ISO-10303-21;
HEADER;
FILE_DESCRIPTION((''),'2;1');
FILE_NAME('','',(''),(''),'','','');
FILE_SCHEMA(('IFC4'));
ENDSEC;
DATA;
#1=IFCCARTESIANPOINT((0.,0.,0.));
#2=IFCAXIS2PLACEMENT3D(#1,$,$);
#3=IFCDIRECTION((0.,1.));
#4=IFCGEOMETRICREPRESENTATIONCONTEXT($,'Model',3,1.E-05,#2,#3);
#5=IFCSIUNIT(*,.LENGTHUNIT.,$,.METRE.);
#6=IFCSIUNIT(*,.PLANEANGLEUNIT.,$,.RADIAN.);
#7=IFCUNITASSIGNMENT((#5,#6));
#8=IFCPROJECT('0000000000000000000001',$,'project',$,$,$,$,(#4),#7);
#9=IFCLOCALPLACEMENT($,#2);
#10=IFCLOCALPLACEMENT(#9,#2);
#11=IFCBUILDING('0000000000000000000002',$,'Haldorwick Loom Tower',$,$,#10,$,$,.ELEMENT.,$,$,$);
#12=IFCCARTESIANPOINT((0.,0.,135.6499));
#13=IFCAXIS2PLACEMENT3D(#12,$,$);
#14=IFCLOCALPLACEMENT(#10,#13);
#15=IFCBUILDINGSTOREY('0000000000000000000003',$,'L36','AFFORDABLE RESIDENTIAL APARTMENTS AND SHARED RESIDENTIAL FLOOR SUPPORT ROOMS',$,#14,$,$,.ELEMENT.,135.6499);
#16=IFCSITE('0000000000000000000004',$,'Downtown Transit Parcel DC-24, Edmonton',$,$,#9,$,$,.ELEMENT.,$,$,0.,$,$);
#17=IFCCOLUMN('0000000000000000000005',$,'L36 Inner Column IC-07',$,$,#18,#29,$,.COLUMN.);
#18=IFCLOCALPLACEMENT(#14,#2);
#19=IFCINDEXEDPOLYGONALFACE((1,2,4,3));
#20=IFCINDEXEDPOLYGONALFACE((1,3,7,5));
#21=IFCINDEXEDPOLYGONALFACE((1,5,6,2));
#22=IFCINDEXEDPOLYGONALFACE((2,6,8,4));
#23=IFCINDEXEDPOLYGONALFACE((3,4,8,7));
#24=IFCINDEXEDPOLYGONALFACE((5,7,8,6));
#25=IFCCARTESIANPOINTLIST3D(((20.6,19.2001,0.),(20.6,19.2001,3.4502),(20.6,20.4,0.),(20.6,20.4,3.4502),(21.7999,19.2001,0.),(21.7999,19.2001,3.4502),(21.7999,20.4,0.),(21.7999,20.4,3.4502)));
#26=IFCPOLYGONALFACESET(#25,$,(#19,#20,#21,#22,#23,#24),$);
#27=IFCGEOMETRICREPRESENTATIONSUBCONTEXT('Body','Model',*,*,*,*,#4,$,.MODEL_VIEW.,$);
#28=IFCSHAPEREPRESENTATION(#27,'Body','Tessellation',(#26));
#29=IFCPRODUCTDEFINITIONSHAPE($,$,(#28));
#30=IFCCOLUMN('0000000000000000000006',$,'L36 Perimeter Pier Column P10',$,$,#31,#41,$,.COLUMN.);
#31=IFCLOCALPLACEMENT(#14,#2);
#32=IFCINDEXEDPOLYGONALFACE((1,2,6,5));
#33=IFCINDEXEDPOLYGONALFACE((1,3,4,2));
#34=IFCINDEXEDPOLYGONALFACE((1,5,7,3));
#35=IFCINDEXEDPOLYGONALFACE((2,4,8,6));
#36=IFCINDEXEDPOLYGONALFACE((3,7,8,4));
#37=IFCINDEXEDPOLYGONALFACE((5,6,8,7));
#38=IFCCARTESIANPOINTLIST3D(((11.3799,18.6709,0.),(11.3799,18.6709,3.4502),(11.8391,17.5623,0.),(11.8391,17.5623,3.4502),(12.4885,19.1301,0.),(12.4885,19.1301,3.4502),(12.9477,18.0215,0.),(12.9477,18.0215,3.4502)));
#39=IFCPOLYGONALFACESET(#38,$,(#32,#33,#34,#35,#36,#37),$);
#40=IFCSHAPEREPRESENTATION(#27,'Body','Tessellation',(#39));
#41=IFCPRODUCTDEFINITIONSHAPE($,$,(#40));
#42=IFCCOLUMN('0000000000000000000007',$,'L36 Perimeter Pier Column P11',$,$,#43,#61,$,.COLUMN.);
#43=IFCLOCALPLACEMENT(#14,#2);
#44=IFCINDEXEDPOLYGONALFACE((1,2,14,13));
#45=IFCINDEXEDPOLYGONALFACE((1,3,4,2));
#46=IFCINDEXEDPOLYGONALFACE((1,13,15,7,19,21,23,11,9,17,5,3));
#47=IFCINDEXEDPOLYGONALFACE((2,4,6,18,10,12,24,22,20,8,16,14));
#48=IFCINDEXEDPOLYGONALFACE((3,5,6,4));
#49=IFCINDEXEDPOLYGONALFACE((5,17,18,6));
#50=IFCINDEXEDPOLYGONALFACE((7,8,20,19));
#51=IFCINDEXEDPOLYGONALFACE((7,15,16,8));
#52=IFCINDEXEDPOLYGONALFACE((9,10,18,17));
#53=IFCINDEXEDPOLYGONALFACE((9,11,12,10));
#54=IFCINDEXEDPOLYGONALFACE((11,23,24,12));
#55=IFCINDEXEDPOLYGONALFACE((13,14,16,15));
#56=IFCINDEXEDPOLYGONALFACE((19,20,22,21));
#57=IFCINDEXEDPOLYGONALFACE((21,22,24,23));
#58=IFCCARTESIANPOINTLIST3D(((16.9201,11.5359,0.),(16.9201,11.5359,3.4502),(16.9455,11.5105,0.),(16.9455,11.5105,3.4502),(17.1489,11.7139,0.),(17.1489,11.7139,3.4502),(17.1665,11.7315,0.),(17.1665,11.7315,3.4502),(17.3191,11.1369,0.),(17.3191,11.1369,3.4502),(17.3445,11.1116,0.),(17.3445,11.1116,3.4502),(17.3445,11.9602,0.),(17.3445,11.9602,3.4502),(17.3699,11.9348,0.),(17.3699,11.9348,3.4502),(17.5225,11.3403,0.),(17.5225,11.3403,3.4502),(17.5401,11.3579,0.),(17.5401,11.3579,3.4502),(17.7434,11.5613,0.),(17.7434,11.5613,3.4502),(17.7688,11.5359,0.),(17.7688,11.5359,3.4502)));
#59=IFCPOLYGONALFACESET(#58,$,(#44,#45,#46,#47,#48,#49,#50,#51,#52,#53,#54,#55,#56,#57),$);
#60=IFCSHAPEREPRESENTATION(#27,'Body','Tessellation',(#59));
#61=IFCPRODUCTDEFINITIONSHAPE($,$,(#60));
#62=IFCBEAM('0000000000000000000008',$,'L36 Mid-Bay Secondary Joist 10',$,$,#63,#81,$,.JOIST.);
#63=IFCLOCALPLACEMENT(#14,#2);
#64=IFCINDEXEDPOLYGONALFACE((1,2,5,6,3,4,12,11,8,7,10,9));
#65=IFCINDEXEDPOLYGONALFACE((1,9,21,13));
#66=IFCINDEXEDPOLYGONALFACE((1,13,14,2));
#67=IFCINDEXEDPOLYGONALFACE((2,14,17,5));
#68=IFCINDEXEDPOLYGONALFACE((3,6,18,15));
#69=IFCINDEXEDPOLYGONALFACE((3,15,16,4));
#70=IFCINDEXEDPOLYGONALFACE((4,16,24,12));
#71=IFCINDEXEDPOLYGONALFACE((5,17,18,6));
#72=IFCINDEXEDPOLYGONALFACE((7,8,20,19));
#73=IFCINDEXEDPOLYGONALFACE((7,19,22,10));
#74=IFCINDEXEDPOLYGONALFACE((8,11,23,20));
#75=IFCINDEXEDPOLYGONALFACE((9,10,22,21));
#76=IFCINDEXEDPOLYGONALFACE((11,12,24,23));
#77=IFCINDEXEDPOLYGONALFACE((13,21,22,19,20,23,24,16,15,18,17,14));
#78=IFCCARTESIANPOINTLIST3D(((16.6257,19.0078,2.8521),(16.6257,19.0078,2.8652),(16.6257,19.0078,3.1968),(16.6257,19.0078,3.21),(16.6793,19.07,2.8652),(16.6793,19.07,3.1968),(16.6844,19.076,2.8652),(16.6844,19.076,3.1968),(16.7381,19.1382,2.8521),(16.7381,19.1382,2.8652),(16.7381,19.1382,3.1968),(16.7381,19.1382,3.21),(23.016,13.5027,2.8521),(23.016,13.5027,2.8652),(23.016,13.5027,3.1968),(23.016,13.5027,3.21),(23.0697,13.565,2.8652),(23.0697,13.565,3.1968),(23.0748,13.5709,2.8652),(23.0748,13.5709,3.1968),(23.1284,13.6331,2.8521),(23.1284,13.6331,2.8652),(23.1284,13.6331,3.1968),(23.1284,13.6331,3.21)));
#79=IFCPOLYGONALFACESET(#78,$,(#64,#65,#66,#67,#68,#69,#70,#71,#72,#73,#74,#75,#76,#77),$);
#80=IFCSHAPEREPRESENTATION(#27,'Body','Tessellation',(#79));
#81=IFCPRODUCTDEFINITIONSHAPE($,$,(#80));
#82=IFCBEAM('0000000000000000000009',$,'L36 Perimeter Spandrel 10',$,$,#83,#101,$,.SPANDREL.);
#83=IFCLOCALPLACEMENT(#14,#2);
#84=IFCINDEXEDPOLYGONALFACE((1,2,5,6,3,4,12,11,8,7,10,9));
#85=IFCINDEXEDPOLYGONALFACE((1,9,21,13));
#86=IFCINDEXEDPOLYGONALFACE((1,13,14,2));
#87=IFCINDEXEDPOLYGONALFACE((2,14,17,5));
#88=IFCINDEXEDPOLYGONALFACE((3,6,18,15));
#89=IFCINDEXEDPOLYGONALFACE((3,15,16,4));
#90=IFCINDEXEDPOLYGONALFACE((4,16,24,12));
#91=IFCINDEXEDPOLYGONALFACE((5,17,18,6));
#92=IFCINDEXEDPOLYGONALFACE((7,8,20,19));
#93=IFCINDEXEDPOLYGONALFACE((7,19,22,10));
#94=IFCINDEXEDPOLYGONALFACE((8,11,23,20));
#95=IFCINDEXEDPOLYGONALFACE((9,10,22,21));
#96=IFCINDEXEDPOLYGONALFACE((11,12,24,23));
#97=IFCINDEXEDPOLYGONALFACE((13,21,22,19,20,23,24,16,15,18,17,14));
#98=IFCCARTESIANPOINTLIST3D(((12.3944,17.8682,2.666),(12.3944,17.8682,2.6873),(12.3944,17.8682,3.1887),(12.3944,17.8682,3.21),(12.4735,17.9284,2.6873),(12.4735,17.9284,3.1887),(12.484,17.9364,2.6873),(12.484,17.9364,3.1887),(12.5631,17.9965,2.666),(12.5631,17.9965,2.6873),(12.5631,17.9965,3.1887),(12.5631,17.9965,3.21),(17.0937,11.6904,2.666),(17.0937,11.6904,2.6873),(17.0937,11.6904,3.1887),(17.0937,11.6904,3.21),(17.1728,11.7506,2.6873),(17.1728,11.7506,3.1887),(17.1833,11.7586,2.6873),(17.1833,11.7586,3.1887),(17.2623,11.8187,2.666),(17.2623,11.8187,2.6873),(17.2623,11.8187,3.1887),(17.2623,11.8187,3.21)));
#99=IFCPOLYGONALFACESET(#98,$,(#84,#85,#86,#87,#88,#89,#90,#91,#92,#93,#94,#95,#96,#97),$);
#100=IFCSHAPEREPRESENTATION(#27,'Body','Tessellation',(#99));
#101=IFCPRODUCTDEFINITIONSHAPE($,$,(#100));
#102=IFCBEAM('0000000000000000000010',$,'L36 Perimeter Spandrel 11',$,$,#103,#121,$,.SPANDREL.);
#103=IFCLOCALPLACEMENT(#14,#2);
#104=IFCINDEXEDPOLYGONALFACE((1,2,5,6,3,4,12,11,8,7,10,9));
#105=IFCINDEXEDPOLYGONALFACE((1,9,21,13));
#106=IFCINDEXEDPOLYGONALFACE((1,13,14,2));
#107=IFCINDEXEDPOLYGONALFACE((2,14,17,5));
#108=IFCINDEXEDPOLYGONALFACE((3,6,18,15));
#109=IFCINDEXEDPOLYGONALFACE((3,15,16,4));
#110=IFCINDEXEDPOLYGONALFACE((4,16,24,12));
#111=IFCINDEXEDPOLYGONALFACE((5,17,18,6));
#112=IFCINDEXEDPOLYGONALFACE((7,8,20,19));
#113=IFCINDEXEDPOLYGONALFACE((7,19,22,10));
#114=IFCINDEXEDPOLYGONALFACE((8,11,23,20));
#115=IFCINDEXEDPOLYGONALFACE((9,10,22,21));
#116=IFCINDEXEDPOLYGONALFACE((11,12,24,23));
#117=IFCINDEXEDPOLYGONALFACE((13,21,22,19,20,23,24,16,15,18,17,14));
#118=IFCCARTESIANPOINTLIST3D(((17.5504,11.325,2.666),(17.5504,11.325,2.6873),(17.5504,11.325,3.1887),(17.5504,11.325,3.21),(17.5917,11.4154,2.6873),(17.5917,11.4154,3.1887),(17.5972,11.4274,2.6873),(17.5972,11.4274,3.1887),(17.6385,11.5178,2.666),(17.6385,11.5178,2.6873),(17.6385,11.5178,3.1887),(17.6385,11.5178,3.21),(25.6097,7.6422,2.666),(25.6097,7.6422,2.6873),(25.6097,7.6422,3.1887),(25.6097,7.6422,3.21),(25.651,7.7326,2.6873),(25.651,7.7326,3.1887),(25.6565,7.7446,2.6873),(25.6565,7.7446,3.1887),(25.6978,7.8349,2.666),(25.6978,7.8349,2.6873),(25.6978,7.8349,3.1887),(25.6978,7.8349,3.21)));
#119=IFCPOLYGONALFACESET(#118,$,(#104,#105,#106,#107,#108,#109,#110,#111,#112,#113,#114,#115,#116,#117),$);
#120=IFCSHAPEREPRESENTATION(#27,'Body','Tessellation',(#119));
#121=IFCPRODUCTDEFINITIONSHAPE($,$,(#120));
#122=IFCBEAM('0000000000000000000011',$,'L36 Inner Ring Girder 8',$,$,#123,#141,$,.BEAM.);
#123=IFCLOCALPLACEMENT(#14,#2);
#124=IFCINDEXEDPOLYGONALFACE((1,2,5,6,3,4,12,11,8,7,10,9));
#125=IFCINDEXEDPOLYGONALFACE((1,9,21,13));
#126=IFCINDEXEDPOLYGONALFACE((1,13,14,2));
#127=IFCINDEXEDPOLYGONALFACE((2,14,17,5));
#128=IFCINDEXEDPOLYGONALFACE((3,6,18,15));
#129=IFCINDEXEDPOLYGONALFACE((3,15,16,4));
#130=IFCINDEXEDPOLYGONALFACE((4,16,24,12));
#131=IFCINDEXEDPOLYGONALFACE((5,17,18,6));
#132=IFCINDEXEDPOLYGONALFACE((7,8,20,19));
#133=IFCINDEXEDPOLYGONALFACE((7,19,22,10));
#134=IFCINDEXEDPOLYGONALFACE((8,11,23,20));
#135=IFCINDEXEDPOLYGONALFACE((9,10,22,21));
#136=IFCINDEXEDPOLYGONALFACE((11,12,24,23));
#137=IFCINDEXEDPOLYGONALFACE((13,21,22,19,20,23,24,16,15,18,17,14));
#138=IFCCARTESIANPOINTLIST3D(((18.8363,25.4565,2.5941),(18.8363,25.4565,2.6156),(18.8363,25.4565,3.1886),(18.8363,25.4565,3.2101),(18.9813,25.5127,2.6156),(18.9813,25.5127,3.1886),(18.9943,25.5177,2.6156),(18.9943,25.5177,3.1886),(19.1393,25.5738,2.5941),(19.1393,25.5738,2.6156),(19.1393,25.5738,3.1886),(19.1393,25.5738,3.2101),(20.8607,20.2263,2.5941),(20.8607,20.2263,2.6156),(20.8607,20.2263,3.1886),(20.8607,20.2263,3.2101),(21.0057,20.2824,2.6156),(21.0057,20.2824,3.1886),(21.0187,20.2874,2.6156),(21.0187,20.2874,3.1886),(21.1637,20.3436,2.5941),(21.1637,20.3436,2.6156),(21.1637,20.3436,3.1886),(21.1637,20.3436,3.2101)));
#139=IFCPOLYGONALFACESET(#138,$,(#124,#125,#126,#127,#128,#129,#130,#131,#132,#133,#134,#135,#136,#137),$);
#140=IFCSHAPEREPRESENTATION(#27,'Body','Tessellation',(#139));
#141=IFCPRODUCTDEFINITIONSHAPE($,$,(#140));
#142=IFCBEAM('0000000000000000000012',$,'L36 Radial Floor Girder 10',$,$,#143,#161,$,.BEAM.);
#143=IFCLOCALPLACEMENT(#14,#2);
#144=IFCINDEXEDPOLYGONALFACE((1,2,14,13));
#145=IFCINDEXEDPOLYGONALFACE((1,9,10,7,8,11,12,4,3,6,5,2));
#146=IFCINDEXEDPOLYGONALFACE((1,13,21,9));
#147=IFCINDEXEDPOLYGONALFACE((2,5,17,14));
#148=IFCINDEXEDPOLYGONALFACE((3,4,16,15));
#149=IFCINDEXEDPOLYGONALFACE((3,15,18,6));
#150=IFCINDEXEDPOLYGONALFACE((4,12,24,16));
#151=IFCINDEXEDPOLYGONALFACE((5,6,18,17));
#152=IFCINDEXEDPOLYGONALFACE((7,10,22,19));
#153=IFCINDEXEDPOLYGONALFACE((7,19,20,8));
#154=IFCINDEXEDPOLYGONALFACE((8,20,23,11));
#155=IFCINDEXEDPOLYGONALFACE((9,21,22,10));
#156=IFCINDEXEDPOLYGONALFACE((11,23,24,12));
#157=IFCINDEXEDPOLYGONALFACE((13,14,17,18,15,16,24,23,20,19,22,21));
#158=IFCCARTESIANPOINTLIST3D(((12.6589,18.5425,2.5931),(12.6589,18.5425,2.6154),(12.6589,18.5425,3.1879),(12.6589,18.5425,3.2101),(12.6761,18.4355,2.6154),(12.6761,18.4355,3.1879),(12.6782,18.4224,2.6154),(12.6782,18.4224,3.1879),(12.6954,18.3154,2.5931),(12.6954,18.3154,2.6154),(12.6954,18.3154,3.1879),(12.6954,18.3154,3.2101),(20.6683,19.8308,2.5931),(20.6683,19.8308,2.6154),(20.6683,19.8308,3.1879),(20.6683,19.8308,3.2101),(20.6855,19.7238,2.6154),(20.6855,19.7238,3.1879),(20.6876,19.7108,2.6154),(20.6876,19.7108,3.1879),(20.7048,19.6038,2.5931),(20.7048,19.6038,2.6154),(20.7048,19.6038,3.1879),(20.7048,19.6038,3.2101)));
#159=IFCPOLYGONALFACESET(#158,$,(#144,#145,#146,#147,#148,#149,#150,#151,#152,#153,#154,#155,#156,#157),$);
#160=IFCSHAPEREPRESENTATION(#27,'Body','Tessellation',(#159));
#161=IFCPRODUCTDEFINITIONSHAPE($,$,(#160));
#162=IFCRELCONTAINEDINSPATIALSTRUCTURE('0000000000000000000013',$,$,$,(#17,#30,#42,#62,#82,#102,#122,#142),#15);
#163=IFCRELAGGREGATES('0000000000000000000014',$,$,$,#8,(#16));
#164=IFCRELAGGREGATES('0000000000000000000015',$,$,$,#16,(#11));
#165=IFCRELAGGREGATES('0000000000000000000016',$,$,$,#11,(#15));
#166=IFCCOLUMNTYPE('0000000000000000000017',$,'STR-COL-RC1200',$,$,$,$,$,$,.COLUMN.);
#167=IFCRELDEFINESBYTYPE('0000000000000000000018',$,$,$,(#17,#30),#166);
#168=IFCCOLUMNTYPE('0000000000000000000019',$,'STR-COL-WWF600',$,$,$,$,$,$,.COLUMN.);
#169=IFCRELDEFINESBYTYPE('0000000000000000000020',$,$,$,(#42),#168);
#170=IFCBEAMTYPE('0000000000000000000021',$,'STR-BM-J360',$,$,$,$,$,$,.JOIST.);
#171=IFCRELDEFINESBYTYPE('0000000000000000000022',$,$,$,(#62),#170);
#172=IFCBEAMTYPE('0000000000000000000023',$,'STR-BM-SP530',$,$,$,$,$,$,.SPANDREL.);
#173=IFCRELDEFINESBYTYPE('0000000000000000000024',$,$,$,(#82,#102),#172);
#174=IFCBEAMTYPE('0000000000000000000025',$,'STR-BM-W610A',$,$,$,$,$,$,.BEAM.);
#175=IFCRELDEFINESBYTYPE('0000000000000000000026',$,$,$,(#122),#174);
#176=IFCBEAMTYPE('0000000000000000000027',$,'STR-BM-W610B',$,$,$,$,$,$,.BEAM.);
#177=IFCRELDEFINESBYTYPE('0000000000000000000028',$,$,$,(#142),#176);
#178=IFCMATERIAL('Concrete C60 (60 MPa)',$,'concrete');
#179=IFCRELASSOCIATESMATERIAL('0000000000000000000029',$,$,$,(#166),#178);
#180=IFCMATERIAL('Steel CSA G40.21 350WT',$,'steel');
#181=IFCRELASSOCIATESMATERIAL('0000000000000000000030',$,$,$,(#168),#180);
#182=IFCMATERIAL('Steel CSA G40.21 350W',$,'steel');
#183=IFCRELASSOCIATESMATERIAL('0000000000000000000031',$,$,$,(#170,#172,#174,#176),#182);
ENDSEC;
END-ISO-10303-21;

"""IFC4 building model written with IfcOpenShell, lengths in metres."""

from ifc_helpers import new_model, si_unit, direction, frame, origin, origin_2d, place, context, subcontext, project, spatial, rectangle, i_section, extrude, material, material_profile, profile_set, type_object, element, save


model = new_model("IFC4")

# Units and contexts
model_context = context("Model", 3, precision=1e-05, world=origin(), true_north=direction((0.0, 1.0)))
body_context = subcontext(model_context, "Body", "Model", "MODEL_VIEW")
ifc_project = project(units=[si_unit("LENGTHUNIT", "METRE"), si_unit("PLANEANGLEUNIT", "RADIAN")], contexts=[model_context])

# Site, building, storey
site_placement = place(None, origin())
site = spatial("IfcSite", under=ifc_project, at=site_placement, Name="Downtown Transit Parcel DC-24, Edmonton", CompositionType="ELEMENT", RefElevation=0.0)
building_placement = place(site_placement, origin())
building = spatial("IfcBuilding", under=site, at=building_placement, Name="Haldorwick Loom Tower", CompositionType="ELEMENT")
storey_placement = place(building_placement, frame((0.0, 0.0, 135.6499)))
storey = spatial("IfcBuildingStorey", under=building, at=storey_placement, Name="L36", Description="AFFORDABLE RESIDENTIAL APARTMENTS AND SHARED RESIDENTIAL FLOOR SUPPORT ROOMS", CompositionType="ELEMENT", Elevation=135.6499)

# Columns
ifc_material_1 = material(Name="Concrete C60 (60 MPa)", Category="concrete")
ifc_material_profile_1 = material_profile(ifc_material_1, rectangle(XDim=1.2, YDim=1.2, at=origin_2d()), Name="RC1200X1200", Category="concrete")
ifc_profile_set_1 = profile_set([ifc_material_profile_1], Name="Concrete C60 (60 MPa)")
column_type_1 = type_object("IfcColumnType", Name="STR-COL-RC1200", PredefinedType="COLUMN", material=ifc_profile_set_1)
for number, where, z_axis, x_axis, name in (
    (1, (21.2, 19.8, 0.0), (0.0, 0.0, 1.0), (1.0, 0.0, 0.0), "L36 Inner Column IC-07"),
    (2, (12.1638, 18.3462, 0.0), (0.0, 0.0, 1.0), (-0.92388, -0.382683, 0.0), "L36 Perimeter Pier Column P10"),
):
    element("IfcColumn", number, at=place(storey_placement, frame(where, z_axis=z_axis, x_axis=x_axis)), inside=storey, type_object=column_type_1, Name=name, PredefinedType="COLUMN", context=body_context, shape_type="SweptSolid", body=[
        extrude(rectangle(XDim=1.2, YDim=1.2, at=origin_2d()), origin(), (0.0, 0.0, 1.0), 3.4502),
    ])
ifc_material_2 = material(Name="Steel CSA G40.21 350WT", Category="steel")
ifc_material_profile_2 = material_profile(ifc_material_2, i_section(OverallWidth=0.6001, OverallDepth=0.6001, WebThickness=0.0249, FlangeThickness=0.0359, at=origin_2d()), Name="WWF600X600", Category="steel")
ifc_profile_set_2 = profile_set([ifc_material_profile_2], Name="Steel CSA G40.21 350WT")
column_type_2 = type_object("IfcColumnType", Name="STR-COL-WWF600", PredefinedType="COLUMN", material=ifc_profile_set_2)
column_placement = place(storey_placement, frame((17.3445, 11.5359, 0.0), z_axis=(0.0, 0.0, 1.0), x_axis=(-0.707107, -0.707107, 0.0)))
element("IfcColumn", 3, at=column_placement, inside=storey, type_object=column_type_2, Name="L36 Perimeter Pier Column P11", PredefinedType="COLUMN", context=body_context, shape_type="SweptSolid", body=[
    extrude(i_section(OverallWidth=0.6001, OverallDepth=0.6001, WebThickness=0.0249, FlangeThickness=0.0359, at=origin_2d()), origin(), (0.0, 0.0, 1.0), 3.4502),
])

# Beams
ifc_material_3 = material(Name="Steel CSA G40.21 350W", Category="steel")
ifc_material_profile_3 = material_profile(ifc_material_3, i_section(OverallWidth=0.1721, OverallDepth=0.3579, WebThickness=0.0078, FlangeThickness=0.0132, at=origin_2d()), Name="W360X57", Category="steel")
ifc_profile_set_3 = profile_set([ifc_material_profile_3], Name="Steel CSA G40.21 350W")
beam_type_1 = type_object("IfcBeamType", Name="STR-BM-J360", PredefinedType="JOIST", material=ifc_profile_set_3)
beam_1_placement = place(storey_placement, frame((16.6819, 19.073, 3.031), z_axis=(0.757634, -0.65268, 0.0), x_axis=(0.65268, 0.757634, 0.0)))
element("IfcBeam", 4, at=beam_1_placement, inside=storey, type_object=beam_type_1, Name="L36 Mid-Bay Secondary Joist 10", PredefinedType="JOIST", context=body_context, shape_type="SweptSolid", body=[
    extrude(i_section(OverallWidth=0.1721, OverallDepth=0.3579, WebThickness=0.0078, FlangeThickness=0.0132, at=origin_2d()), origin(), (0.0, 0.0, 1.0), 8.4346),
])
ifc_material_profile_4 = material_profile(ifc_material_3, i_section(OverallWidth=0.2119, OverallDepth=0.5439, WebThickness=0.0132, FlangeThickness=0.0212, at=origin_2d()), Name="W530X123", Category="steel")
ifc_profile_set_4 = profile_set([ifc_material_profile_4], Name="Steel CSA G40.21 350W")
beam_type_2 = type_object("IfcBeamType", Name="STR-BM-SP530", PredefinedType="SPANDREL", material=ifc_profile_set_4)
beam_2_placement = place(storey_placement, frame((12.4788, 17.9324, 2.938), z_axis=(0.605421, -0.795905, 0.0), x_axis=(0.795905, 0.605421, 0.0)))
element("IfcBeam", 5, at=beam_2_placement, inside=storey, type_object=beam_type_2, Name="L36 Perimeter Spandrel 10", PredefinedType="SPANDREL", context=body_context, shape_type="SweptSolid", body=[
    extrude(i_section(OverallWidth=0.2119, OverallDepth=0.5439, WebThickness=0.0132, FlangeThickness=0.0212, at=origin_2d()), origin(), (0.0, 0.0, 1.0), 7.762),
])
beam_3_placement = place(storey_placement, frame((17.5945, 11.4214, 2.938), z_axis=(0.909534, -0.415629, 0.0), x_axis=(0.415629, 0.909534, 0.0)))
element("IfcBeam", 6, at=beam_3_placement, inside=storey, type_object=beam_type_2, Name="L36 Perimeter Spandrel 11", PredefinedType="SPANDREL", context=body_context, shape_type="SweptSolid", body=[
    extrude(i_section(OverallWidth=0.2119, OverallDepth=0.5439, WebThickness=0.0132, FlangeThickness=0.0212, at=origin_2d()), origin(), (0.0, 0.0, 1.0), 8.8608),
])
ifc_material_profile_5 = material_profile(ifc_material_3, i_section(OverallWidth=0.325, OverallDepth=0.616, WebThickness=0.0139, FlangeThickness=0.0215, at=origin_2d()), Name="W610X174", Category="steel")
ifc_profile_set_5 = profile_set([ifc_material_profile_5], Name="Steel CSA G40.21 350W")
beam_type_3 = type_object("IfcBeamType", Name="STR-BM-W610A", PredefinedType="BEAM", material=ifc_profile_set_5)
beam_4_placement = place(storey_placement, frame((21.0122, 20.2849, 2.9021), z_axis=(-0.360965, 0.932579, 0.0), x_axis=(-0.932579, -0.360965, 0.0)))
element("IfcBeam", 7, at=beam_4_placement, inside=storey, type_object=beam_type_3, Name="L36 Inner Ring Girder 8", PredefinedType="BEAM", context=body_context, shape_type="SweptSolid", body=[
    extrude(i_section(OverallWidth=0.325, OverallDepth=0.616, WebThickness=0.0139, FlangeThickness=0.0215, at=origin_2d()), origin(), (0.0, 0.0, 1.0), 5.6084),
])
ifc_material_profile_6 = material_profile(ifc_material_3, i_section(OverallWidth=0.23, OverallDepth=0.6169, WebThickness=0.0132, FlangeThickness=0.0222, at=origin_2d()), Name="W610X140", Category="steel")
ifc_profile_set_6 = profile_set([ifc_material_profile_6], Name="Steel CSA G40.21 350W")
beam_type_4 = type_object("IfcBeamType", Name="STR-BM-W610B", PredefinedType="BEAM", material=ifc_profile_set_6)
beam_5_placement = place(storey_placement, frame((20.6865, 19.7173, 2.9016), z_axis=(-0.987309, -0.158813, 0.0), x_axis=(0.158813, -0.987309, 0.0)))
element("IfcBeam", 8, at=beam_5_placement, inside=storey, type_object=beam_type_4, Name="L36 Radial Floor Girder 10", PredefinedType="BEAM", context=body_context, shape_type="SweptSolid", body=[
    extrude(i_section(OverallWidth=0.23, OverallDepth=0.6169, WebThickness=0.0132, FlangeThickness=0.0222, at=origin_2d()), origin(), (0.0, 0.0, 1.0), 8.1123),
])

save(model, "model.ifc")
